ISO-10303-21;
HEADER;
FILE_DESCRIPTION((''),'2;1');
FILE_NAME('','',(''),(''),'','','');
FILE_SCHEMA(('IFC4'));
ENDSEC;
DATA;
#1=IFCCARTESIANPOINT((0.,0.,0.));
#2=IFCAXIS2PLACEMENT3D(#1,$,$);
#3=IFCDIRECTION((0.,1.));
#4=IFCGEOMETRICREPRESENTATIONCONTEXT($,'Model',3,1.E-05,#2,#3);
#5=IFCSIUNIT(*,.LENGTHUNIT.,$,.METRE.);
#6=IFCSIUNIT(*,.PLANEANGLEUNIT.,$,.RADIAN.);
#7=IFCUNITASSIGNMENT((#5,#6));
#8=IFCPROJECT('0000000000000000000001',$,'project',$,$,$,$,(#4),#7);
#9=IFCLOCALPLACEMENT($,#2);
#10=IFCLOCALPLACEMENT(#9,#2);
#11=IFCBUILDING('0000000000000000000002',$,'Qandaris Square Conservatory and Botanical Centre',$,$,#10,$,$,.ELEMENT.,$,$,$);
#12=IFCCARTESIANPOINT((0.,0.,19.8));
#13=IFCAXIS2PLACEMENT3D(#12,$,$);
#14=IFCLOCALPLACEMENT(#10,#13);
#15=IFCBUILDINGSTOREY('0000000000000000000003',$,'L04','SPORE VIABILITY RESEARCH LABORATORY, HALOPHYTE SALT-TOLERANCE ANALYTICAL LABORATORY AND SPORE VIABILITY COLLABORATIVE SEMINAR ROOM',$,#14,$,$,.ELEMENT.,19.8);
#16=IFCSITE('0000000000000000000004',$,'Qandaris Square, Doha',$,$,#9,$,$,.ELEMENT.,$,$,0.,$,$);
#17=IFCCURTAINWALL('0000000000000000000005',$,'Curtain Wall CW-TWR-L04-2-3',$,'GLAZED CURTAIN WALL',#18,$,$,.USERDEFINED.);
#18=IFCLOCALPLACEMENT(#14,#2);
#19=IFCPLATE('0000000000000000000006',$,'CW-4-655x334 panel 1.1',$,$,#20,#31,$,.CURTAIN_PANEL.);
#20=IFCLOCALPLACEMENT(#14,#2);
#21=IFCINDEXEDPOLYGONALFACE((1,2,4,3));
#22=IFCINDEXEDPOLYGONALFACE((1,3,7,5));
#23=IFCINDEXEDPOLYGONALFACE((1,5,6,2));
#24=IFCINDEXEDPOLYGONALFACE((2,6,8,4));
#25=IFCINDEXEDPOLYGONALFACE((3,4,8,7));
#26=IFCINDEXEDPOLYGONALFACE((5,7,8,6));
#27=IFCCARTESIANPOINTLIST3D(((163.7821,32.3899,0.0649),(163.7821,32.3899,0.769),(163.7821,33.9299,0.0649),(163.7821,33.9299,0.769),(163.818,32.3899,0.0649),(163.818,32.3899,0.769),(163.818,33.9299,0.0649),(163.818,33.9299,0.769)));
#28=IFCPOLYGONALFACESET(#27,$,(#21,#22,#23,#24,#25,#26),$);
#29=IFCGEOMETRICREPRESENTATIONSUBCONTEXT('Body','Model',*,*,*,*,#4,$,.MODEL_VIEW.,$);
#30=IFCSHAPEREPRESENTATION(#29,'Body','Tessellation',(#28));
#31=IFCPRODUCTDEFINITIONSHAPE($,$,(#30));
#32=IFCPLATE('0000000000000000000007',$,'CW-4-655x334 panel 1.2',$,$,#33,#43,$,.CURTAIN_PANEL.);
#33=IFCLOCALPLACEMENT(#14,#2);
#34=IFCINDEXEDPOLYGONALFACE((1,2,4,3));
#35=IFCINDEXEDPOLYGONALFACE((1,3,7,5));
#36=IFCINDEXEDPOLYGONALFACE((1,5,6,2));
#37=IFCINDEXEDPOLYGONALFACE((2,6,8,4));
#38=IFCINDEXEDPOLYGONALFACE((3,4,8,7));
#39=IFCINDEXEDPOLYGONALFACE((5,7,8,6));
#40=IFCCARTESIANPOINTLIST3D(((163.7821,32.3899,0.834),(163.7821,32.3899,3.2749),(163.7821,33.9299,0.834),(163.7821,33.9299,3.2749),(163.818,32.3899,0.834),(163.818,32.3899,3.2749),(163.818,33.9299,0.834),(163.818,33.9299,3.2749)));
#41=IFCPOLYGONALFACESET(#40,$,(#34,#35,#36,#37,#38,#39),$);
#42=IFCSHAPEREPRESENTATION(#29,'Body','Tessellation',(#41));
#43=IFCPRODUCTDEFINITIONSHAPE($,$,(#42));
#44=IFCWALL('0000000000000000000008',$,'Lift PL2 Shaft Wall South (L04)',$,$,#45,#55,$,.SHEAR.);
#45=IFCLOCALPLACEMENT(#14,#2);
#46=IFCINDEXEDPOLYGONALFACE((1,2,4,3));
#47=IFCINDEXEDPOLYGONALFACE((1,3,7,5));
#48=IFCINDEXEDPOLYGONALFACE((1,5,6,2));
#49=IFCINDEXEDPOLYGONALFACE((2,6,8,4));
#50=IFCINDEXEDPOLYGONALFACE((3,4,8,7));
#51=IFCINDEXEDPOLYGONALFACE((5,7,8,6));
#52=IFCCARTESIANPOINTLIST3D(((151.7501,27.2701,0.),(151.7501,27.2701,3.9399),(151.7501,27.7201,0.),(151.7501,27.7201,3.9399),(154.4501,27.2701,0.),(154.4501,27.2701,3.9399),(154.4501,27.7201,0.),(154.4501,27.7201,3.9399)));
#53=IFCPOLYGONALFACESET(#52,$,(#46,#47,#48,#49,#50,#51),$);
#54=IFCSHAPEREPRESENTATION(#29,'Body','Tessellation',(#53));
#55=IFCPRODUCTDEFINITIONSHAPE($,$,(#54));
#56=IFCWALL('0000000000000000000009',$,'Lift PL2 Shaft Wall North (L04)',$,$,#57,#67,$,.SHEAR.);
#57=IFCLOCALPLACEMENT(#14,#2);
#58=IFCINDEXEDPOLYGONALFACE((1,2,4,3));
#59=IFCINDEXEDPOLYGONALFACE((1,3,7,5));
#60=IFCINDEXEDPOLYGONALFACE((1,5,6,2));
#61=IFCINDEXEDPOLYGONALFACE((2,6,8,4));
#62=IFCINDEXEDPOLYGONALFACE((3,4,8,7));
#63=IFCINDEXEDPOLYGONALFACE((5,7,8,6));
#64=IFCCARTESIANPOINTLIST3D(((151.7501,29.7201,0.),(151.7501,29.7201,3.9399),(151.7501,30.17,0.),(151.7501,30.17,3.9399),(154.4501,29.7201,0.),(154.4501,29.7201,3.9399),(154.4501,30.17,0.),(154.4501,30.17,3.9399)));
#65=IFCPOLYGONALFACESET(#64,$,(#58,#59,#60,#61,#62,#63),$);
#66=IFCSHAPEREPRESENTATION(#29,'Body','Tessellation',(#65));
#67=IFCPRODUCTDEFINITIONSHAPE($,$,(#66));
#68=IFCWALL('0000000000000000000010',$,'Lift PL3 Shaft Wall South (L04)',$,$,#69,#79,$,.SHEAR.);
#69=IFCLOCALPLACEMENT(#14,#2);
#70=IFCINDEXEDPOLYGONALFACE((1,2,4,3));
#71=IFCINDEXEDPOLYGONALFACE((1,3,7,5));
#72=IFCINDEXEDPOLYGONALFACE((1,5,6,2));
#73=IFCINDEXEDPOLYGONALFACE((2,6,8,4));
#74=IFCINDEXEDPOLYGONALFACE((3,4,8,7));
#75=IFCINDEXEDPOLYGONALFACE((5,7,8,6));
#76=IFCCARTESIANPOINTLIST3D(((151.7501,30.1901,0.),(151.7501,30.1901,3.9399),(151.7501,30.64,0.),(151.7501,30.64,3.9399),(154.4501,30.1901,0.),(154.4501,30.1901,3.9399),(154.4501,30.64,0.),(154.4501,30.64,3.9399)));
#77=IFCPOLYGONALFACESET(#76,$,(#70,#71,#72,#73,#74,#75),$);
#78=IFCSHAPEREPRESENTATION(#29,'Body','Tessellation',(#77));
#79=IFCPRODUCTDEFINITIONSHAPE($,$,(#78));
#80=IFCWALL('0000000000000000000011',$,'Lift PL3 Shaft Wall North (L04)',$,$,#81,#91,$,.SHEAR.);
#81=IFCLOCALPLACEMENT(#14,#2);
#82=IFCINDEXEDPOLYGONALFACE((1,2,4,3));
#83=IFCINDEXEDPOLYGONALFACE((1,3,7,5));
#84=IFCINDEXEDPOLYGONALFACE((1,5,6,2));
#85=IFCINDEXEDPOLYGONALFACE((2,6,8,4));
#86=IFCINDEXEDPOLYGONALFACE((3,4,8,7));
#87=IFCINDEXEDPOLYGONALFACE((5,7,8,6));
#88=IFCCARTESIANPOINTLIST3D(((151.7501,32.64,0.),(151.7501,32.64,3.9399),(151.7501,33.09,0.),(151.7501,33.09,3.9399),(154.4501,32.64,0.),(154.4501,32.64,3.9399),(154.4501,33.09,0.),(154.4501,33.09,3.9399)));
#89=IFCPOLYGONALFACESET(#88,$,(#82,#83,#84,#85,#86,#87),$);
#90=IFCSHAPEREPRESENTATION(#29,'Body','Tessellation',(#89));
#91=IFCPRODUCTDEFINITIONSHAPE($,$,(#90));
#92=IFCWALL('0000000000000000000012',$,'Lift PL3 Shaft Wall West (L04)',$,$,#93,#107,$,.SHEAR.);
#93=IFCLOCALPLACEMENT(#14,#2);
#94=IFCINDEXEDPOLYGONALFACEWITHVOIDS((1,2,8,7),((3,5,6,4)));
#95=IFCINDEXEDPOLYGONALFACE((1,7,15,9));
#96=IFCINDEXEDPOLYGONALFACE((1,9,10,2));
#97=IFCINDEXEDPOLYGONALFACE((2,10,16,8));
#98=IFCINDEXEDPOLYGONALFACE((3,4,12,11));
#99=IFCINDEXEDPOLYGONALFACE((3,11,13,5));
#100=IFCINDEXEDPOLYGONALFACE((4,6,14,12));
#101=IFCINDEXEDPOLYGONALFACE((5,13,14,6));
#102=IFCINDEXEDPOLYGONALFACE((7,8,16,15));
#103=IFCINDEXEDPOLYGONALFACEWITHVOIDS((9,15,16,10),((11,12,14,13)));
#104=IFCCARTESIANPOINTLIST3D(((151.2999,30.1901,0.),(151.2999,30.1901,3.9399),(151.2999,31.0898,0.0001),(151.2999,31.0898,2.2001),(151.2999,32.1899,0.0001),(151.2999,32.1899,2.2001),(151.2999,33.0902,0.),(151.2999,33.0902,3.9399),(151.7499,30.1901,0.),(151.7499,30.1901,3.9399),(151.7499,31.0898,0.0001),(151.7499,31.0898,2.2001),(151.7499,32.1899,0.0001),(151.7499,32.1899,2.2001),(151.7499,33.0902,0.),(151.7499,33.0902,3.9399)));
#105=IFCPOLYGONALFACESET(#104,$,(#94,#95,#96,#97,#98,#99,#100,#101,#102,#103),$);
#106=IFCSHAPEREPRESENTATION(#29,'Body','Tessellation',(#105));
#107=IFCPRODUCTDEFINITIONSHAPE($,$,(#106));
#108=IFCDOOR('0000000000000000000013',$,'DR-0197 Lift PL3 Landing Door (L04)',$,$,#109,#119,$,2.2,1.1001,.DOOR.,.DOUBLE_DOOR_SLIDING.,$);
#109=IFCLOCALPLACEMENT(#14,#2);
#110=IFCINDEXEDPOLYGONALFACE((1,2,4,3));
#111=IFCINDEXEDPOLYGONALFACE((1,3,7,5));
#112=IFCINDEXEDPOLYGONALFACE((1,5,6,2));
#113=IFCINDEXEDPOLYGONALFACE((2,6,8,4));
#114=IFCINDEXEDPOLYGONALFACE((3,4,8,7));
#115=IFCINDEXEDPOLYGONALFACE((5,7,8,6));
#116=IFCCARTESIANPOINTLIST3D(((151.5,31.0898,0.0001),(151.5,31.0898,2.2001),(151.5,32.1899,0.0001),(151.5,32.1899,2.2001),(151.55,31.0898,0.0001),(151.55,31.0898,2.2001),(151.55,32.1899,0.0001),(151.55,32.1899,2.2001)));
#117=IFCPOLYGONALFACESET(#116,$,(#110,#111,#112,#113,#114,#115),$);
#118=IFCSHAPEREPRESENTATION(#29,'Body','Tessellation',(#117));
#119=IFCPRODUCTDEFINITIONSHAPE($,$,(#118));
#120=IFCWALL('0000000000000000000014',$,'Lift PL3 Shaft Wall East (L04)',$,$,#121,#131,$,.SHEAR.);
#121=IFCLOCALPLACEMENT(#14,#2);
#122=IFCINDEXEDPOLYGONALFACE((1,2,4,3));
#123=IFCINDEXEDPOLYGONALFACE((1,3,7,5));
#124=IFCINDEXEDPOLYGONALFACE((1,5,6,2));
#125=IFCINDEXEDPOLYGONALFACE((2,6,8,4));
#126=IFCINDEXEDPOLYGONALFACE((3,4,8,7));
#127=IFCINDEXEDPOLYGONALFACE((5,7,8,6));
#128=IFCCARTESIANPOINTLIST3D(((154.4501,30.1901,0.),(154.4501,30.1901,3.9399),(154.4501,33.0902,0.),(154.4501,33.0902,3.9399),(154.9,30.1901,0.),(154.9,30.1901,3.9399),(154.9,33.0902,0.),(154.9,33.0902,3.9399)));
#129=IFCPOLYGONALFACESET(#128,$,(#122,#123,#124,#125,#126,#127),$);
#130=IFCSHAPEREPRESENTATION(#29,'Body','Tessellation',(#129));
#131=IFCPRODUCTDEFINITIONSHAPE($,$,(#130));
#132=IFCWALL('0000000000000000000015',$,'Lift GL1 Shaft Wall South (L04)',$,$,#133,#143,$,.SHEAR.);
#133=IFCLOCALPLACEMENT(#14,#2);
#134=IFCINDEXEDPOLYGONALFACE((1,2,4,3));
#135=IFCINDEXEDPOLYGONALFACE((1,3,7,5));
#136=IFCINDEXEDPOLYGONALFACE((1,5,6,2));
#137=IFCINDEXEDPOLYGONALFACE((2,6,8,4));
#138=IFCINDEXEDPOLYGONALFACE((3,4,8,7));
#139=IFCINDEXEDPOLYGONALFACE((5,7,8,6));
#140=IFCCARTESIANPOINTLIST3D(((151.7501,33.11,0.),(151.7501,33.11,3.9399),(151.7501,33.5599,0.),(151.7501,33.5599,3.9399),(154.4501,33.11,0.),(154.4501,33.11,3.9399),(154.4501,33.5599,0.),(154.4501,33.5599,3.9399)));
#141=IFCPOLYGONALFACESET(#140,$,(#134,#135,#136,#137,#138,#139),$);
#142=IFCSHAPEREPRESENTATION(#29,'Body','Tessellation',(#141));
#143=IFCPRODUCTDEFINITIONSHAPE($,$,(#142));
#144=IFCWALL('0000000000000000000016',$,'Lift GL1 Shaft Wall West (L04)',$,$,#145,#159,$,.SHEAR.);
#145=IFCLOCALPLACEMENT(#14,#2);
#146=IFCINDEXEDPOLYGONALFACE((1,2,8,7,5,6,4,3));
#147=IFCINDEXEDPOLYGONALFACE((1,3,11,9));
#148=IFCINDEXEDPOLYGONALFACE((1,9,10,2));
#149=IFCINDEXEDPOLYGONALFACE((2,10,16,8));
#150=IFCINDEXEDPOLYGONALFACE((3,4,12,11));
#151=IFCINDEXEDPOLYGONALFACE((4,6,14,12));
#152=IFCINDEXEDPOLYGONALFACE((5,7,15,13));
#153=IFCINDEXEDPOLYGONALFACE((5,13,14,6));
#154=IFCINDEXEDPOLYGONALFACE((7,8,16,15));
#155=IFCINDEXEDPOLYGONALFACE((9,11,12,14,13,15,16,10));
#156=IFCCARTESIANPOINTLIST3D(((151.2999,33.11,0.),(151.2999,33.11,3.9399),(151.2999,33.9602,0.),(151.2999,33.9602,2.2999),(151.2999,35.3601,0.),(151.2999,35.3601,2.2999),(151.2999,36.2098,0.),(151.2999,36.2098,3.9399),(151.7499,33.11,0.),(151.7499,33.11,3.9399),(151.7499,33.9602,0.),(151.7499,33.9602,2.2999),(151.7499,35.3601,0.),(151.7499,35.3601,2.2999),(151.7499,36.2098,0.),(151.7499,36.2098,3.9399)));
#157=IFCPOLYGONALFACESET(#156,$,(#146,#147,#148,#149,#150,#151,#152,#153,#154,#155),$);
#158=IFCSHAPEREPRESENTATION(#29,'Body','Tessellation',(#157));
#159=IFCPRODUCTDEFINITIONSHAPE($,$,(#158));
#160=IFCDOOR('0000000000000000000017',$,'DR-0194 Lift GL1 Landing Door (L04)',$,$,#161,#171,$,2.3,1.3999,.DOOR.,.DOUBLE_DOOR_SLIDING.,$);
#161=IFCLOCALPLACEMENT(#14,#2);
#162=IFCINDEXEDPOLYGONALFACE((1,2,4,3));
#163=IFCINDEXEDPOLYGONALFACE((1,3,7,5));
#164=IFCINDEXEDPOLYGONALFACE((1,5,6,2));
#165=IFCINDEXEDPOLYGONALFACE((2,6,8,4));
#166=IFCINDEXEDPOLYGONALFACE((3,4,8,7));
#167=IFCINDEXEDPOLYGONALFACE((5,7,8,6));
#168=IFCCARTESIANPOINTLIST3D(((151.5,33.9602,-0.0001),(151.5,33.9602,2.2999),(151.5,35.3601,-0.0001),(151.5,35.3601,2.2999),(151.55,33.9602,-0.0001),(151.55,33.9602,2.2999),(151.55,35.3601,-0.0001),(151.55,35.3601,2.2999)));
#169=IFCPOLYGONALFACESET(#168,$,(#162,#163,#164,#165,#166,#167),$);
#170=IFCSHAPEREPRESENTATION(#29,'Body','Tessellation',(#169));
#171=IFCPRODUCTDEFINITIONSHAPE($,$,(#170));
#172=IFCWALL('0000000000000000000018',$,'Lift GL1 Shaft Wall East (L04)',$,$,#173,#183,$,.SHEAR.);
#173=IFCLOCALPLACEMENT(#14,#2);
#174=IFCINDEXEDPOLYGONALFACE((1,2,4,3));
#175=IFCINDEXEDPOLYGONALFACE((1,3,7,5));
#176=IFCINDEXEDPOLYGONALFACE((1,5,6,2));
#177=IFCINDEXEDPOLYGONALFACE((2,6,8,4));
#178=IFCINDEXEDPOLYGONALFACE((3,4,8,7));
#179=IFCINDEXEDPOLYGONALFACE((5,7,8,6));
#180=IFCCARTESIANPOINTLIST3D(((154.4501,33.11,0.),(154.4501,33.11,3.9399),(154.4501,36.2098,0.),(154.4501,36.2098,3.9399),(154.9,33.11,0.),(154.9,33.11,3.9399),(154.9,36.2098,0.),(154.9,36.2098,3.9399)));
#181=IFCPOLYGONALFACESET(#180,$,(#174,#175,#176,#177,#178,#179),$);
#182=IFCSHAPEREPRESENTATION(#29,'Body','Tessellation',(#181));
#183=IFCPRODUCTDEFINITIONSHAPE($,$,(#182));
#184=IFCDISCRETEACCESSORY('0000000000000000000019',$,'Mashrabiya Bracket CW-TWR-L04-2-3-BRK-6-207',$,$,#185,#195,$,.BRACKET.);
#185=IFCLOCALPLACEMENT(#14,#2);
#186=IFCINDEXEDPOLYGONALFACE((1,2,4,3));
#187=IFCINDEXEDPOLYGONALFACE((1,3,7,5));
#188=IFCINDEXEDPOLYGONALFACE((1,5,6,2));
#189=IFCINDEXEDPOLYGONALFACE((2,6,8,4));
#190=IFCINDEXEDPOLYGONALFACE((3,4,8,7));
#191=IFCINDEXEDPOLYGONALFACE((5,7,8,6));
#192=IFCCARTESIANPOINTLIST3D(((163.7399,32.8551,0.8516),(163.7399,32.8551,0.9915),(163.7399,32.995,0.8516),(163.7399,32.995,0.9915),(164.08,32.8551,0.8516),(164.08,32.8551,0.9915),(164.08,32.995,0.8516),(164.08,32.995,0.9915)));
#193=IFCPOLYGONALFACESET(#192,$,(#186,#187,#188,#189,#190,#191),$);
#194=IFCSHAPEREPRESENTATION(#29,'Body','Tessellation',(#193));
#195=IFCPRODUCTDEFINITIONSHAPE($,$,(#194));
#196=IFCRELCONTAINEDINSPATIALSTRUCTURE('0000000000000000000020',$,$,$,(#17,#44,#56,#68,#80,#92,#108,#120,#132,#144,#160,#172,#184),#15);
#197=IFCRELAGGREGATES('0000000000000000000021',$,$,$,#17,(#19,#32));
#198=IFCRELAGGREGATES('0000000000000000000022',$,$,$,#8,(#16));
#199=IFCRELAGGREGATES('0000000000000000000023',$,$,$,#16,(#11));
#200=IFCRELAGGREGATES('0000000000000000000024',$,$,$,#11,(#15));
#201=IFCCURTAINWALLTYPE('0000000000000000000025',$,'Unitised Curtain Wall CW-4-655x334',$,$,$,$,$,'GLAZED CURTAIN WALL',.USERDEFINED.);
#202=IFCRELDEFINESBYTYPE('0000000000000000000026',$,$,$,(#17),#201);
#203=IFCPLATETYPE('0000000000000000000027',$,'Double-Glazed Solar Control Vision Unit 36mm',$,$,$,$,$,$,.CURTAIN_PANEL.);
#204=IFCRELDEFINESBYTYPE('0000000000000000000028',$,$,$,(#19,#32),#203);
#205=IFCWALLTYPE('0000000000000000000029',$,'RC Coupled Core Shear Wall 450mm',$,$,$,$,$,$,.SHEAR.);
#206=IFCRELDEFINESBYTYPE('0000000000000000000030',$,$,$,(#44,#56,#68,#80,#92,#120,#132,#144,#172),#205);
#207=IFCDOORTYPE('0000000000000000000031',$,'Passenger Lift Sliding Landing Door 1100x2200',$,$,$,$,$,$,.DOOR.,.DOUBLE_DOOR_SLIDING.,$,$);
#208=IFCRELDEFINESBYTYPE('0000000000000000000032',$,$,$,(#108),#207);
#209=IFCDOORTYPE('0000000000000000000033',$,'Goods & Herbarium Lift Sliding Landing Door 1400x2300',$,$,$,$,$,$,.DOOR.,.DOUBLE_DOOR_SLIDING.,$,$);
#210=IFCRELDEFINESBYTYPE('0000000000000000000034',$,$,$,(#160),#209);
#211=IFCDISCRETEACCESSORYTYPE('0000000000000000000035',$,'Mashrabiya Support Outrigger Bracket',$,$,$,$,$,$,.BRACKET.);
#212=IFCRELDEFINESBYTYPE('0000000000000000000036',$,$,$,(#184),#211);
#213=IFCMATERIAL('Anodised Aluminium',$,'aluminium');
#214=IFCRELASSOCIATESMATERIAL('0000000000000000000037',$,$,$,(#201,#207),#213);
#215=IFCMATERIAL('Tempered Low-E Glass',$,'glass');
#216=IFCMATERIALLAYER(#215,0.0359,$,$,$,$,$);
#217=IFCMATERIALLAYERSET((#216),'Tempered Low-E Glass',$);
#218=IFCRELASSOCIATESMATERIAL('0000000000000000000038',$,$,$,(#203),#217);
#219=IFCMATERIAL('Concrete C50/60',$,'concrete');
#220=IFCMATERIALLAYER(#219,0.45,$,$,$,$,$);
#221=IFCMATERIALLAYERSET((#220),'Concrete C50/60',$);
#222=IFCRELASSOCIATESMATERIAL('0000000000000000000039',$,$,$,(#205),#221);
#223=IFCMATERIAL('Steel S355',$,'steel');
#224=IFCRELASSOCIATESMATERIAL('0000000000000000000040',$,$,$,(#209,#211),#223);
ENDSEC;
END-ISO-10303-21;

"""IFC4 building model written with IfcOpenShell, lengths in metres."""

from ifc_helpers import new_model, si_unit, direction, frame, frame_2d, origin, origin_2d, place, context, subcontext, project, spatial, rectangle, extrude, material, layer, layer_set, type_object, element, fill, aggregate, save


model = new_model("IFC4")

# Units and contexts
model_context = context("Model", 3, precision=1e-05, world=origin(), true_north=direction((0.0, 1.0)))
body_context = subcontext(model_context, "Body", "Model", "MODEL_VIEW")
ifc_project = project(units=[si_unit("LENGTHUNIT", "METRE"), si_unit("PLANEANGLEUNIT", "RADIAN")], contexts=[model_context])

# Site, building, storey
site_placement = place(None, origin())
site = spatial("IfcSite", under=ifc_project, at=site_placement, Name="Qandaris Square, Doha", CompositionType="ELEMENT", RefElevation=0.0)
building_placement = place(site_placement, origin())
building = spatial("IfcBuilding", under=site, at=building_placement, Name="Qandaris Square Conservatory and Botanical Centre", CompositionType="ELEMENT")
storey_placement = place(building_placement, frame((0.0, 0.0, 19.8)))
storey = spatial("IfcBuildingStorey", under=building, at=storey_placement, Name="L04", Description="SPORE VIABILITY RESEARCH LABORATORY, HALOPHYTE SALT-TOLERANCE ANALYTICAL LABORATORY AND SPORE VIABILITY COLLABORATIVE SEMINAR ROOM", CompositionType="ELEMENT", Elevation=19.8)

# Shared definitions
ifc_material_1 = material(Name="Concrete C50/60", Category="concrete")

# Shared definitions
ifc_material_2 = material(Name="Steel S355", Category="steel")

# Curtain wall
ifc_material_3 = material(Name="Anodised Aluminium", Category="aluminium")
curtain_wall_type = type_object("IfcCurtainWallType", Name="Unitised Curtain Wall CW-4-655x334", ElementType="GLAZED CURTAIN WALL", PredefinedType="USERDEFINED", material=ifc_material_3)
curtain_wall_placement = place(storey_placement, origin())
curtain_wall = element("IfcCurtainWall", 1, at=curtain_wall_placement, inside=storey, type_object=curtain_wall_type, Name="Curtain Wall CW-TWR-L04-2-3", ObjectType="GLAZED CURTAIN WALL", PredefinedType="USERDEFINED")

# Plates
ifc_material_4 = material(Name="Tempered Low-E Glass", Category="glass")
ifc_layer_1 = layer(ifc_material_4, 0.0359)
ifc_layer_set_1 = layer_set([ifc_layer_1], Name="Tempered Low-E Glass")
plate_type = type_object("IfcPlateType", Name="Double-Glazed Solar Control Vision Unit 36mm", PredefinedType="CURTAIN_PANEL", material=ifc_layer_set_1)
plate_1_placement = place(storey_placement, frame((163.8, 33.1599, 0.0649), z_axis=(0.0, 0.0, 1.0), x_axis=(0.0, 1.0, 0.0)))
plate_1 = element("IfcPlate", 2, at=plate_1_placement, type_object=plate_type, Name="CW-4-655x334 panel 1.1", PredefinedType="CURTAIN_PANEL", context=body_context, shape_type="SweptSolid", body=[
    extrude(rectangle(XDim=1.54, YDim=0.0359, at=origin_2d()), origin(), (0.0, 0.0, 1.0), 0.7041),
])
plate_2_placement = place(storey_placement, frame((163.8, 33.1599, 0.834), z_axis=(0.0, 0.0, 1.0), x_axis=(0.0, 1.0, 0.0)))
plate_2 = element("IfcPlate", 3, at=plate_2_placement, type_object=plate_type, Name="CW-4-655x334 panel 1.2", PredefinedType="CURTAIN_PANEL", context=body_context, shape_type="SweptSolid", body=[
    extrude(rectangle(XDim=1.54, YDim=0.0359, at=origin_2d()), origin(), (0.0, 0.0, 1.0), 2.4409),
])
aggregate(curtain_wall, [plate_1, plate_2])

# Walls
ifc_layer_2 = layer(ifc_material_1, 0.45)
ifc_layer_set_2 = layer_set([ifc_layer_2], Name="Concrete C50/60")
wall_type = type_object("IfcWallType", Name="RC Coupled Core Shear Wall 450mm", PredefinedType="SHEAR", material=ifc_layer_set_2)
for number, where, z_axis, x_axis, name in (
    (4, (151.75, 27.4951, 0.0), (0.0, 0.0, 1.0), (1.0, 0.0, 0.0), "Lift PL2 Shaft Wall South (L04)"),
    (5, (151.75, 29.9451, 0.0), (0.0, 0.0, 1.0), (1.0, 0.0, 0.0), "Lift PL2 Shaft Wall North (L04)"),
    (6, (151.75, 30.415, 0.0), (0.0, 0.0, 1.0), (1.0, 0.0, 0.0), "Lift PL3 Shaft Wall South (L04)"),
    (7, (151.75, 32.865, 0.0), (0.0, 0.0, 1.0), (1.0, 0.0, 0.0), "Lift PL3 Shaft Wall North (L04)"),
):
    element("IfcWall", number, at=place(storey_placement, frame(where, z_axis=z_axis, x_axis=x_axis)), inside=storey, type_object=wall_type, Name=name, PredefinedType="SHEAR", context=body_context, shape_type="SweptSolid", body=[
        extrude(rectangle(XDim=2.7, YDim=0.45, at=frame_2d((1.3501, 0.0))), origin(), (0.0, 0.0, 1.0), 3.9399),
    ])

# Wall, opening, door
wall_1_placement = place(storey_placement, frame((151.5249, 30.1899, 0.0), z_axis=(0.0, 0.0, 1.0), x_axis=(0.0, 1.0, 0.0)))
wall_1 = element("IfcWall", 8, at=wall_1_placement, inside=storey, type_object=wall_type, Name="Lift PL3 Shaft Wall West (L04)", PredefinedType="SHEAR", context=body_context, shape_type="SweptSolid", body=[
    extrude(rectangle(XDim=2.9001, YDim=0.45, at=frame_2d((1.4502, 0.0))), origin(), (0.0, 0.0, 1.0), 3.9399),
])
opening_1_placement = place(wall_1_placement, frame((0.8999, 0.0, 0.0)))
opening_1 = element("IfcOpeningElement", 9, at=opening_1_placement, cuts=wall_1, PredefinedType="OPENING", context=body_context, shape_type="SweptSolid", body=[
    extrude(rectangle(XDim=1.1001, YDim=2.2, at=frame_2d((0.55, 1.1001))), frame((0.0, 0.2368, 0.0), z_axis=(0.0, -1.0, 0.0), x_axis=(1.0, 0.0, 0.0)), (0.0, 0.0, 1.0), 0.4739),
])
door_type_1 = type_object("IfcDoorType", Name="Passenger Lift Sliding Landing Door 1100x2200", OperationType="DOUBLE_DOOR_SLIDING", PredefinedType="DOOR", material=ifc_material_3)
door_1_placement = place(opening_1_placement, origin())
door_1 = element("IfcDoor", 10, at=door_1_placement, inside=storey, type_object=door_type_1, Name="DR-0197 Lift PL3 Landing Door (L04)", OperationType="DOUBLE_DOOR_SLIDING", OverallHeight=2.2, OverallWidth=1.1001, PredefinedType="DOOR", context=body_context, shape_type="SweptSolid", body=[
    extrude(rectangle(XDim=1.1001, YDim=2.2, at=frame_2d((0.55, 1.1001))), frame((0.0, 0.0249, 0.0), z_axis=(0.0, -1.0, 0.0), x_axis=(1.0, 0.0, 0.0)), (0.0, 0.0, 1.0), 0.05),
])
fill(opening_1, door_1)

# Walls
wall_2_placement = place(storey_placement, frame((154.675, 30.1899, 0.0), z_axis=(0.0, 0.0, 1.0), x_axis=(0.0, 1.0, 0.0)))
element("IfcWall", 11, at=wall_2_placement, inside=storey, type_object=wall_type, Name="Lift PL3 Shaft Wall East (L04)", PredefinedType="SHEAR", context=body_context, shape_type="SweptSolid", body=[
    extrude(rectangle(XDim=2.9001, YDim=0.45, at=frame_2d((1.4502, 0.0))), origin(), (0.0, 0.0, 1.0), 3.9399),
])
wall_3_placement = place(storey_placement, frame((151.75, 33.335, 0.0), z_axis=(0.0, 0.0, 1.0), x_axis=(1.0, 0.0, 0.0)))
element("IfcWall", 12, at=wall_3_placement, inside=storey, type_object=wall_type, Name="Lift GL1 Shaft Wall South (L04)", PredefinedType="SHEAR", context=body_context, shape_type="SweptSolid", body=[
    extrude(rectangle(XDim=2.7, YDim=0.45, at=frame_2d((1.3501, 0.0))), origin(), (0.0, 0.0, 1.0), 3.9399),
])

# Wall, opening, door
wall_4_placement = place(storey_placement, frame((151.5249, 33.1101, 0.0), z_axis=(0.0, 0.0, 1.0), x_axis=(0.0, 1.0, 0.0)))
wall_4 = element("IfcWall", 13, at=wall_4_placement, inside=storey, type_object=wall_type, Name="Lift GL1 Shaft Wall West (L04)", PredefinedType="SHEAR", context=body_context, shape_type="SweptSolid", body=[
    extrude(rectangle(XDim=3.0999, YDim=0.45, at=frame_2d((1.5498, 0.0))), origin(), (0.0, 0.0, 1.0), 3.9399),
])
opening_2_placement = place(wall_4_placement, frame((0.8501, 0.0, 0.0)))
opening_2 = element("IfcOpeningElement", 14, at=opening_2_placement, cuts=wall_4, PredefinedType="OPENING", context=body_context, shape_type="SweptSolid", body=[
    extrude(rectangle(XDim=1.3999, YDim=2.3, at=frame_2d((0.7, 1.1499))), frame((0.0, 0.2368, 0.0), z_axis=(0.0, -1.0, 0.0), x_axis=(1.0, 0.0, 0.0)), (0.0, 0.0, 1.0), 0.4739),
])
door_type_2 = type_object("IfcDoorType", Name="Goods & Herbarium Lift Sliding Landing Door 1400x2300", OperationType="DOUBLE_DOOR_SLIDING", PredefinedType="DOOR", material=ifc_material_2)
door_2_placement = place(opening_2_placement, origin())
door_2 = element("IfcDoor", 15, at=door_2_placement, inside=storey, type_object=door_type_2, Name="DR-0194 Lift GL1 Landing Door (L04)", OperationType="DOUBLE_DOOR_SLIDING", OverallHeight=2.3, OverallWidth=1.3999, PredefinedType="DOOR", context=body_context, shape_type="SweptSolid", body=[
    extrude(rectangle(XDim=1.3999, YDim=2.3, at=frame_2d((0.7, 1.1499))), frame((0.0, 0.0249, 0.0), z_axis=(0.0, -1.0, 0.0), x_axis=(1.0, 0.0, 0.0)), (0.0, 0.0, 1.0), 0.05),
])
fill(opening_2, door_2)

# Wall
wall_5_placement = place(storey_placement, frame((154.675, 33.1101, 0.0), z_axis=(0.0, 0.0, 1.0), x_axis=(0.0, 1.0, 0.0)))
element("IfcWall", 16, at=wall_5_placement, inside=storey, type_object=wall_type, Name="Lift GL1 Shaft Wall East (L04)", PredefinedType="SHEAR", context=body_context, shape_type="SweptSolid", body=[
    extrude(rectangle(XDim=3.0999, YDim=0.45, at=frame_2d((1.5498, 0.0))), origin(), (0.0, 0.0, 1.0), 3.9399),
])

# Discrete accessory
discrete_accessory_type = type_object("IfcDiscreteAccessoryType", Name="Mashrabiya Support Outrigger Bracket", PredefinedType="BRACKET", material=ifc_material_2)
for number, where, z_axis, x_axis, name in (
    (17, (163.9099, 32.925, 0.8516), (0.0, 0.0, 1.0), (0.0, 1.0, 0.0), "Mashrabiya Bracket CW-TWR-L04-2-3-BRK-6-207"),
):
    element("IfcDiscreteAccessory", number, at=place(storey_placement, frame(where, z_axis=z_axis, x_axis=x_axis)), inside=storey, type_object=discrete_accessory_type, Name=name, PredefinedType="BRACKET", context=body_context, shape_type="SweptSolid", body=[
        extrude(rectangle(XDim=0.1399, YDim=0.3401, at=origin_2d()), origin(), (0.0, 0.0, 1.0), 0.1399),
    ])

save(model, "model.ifc")
